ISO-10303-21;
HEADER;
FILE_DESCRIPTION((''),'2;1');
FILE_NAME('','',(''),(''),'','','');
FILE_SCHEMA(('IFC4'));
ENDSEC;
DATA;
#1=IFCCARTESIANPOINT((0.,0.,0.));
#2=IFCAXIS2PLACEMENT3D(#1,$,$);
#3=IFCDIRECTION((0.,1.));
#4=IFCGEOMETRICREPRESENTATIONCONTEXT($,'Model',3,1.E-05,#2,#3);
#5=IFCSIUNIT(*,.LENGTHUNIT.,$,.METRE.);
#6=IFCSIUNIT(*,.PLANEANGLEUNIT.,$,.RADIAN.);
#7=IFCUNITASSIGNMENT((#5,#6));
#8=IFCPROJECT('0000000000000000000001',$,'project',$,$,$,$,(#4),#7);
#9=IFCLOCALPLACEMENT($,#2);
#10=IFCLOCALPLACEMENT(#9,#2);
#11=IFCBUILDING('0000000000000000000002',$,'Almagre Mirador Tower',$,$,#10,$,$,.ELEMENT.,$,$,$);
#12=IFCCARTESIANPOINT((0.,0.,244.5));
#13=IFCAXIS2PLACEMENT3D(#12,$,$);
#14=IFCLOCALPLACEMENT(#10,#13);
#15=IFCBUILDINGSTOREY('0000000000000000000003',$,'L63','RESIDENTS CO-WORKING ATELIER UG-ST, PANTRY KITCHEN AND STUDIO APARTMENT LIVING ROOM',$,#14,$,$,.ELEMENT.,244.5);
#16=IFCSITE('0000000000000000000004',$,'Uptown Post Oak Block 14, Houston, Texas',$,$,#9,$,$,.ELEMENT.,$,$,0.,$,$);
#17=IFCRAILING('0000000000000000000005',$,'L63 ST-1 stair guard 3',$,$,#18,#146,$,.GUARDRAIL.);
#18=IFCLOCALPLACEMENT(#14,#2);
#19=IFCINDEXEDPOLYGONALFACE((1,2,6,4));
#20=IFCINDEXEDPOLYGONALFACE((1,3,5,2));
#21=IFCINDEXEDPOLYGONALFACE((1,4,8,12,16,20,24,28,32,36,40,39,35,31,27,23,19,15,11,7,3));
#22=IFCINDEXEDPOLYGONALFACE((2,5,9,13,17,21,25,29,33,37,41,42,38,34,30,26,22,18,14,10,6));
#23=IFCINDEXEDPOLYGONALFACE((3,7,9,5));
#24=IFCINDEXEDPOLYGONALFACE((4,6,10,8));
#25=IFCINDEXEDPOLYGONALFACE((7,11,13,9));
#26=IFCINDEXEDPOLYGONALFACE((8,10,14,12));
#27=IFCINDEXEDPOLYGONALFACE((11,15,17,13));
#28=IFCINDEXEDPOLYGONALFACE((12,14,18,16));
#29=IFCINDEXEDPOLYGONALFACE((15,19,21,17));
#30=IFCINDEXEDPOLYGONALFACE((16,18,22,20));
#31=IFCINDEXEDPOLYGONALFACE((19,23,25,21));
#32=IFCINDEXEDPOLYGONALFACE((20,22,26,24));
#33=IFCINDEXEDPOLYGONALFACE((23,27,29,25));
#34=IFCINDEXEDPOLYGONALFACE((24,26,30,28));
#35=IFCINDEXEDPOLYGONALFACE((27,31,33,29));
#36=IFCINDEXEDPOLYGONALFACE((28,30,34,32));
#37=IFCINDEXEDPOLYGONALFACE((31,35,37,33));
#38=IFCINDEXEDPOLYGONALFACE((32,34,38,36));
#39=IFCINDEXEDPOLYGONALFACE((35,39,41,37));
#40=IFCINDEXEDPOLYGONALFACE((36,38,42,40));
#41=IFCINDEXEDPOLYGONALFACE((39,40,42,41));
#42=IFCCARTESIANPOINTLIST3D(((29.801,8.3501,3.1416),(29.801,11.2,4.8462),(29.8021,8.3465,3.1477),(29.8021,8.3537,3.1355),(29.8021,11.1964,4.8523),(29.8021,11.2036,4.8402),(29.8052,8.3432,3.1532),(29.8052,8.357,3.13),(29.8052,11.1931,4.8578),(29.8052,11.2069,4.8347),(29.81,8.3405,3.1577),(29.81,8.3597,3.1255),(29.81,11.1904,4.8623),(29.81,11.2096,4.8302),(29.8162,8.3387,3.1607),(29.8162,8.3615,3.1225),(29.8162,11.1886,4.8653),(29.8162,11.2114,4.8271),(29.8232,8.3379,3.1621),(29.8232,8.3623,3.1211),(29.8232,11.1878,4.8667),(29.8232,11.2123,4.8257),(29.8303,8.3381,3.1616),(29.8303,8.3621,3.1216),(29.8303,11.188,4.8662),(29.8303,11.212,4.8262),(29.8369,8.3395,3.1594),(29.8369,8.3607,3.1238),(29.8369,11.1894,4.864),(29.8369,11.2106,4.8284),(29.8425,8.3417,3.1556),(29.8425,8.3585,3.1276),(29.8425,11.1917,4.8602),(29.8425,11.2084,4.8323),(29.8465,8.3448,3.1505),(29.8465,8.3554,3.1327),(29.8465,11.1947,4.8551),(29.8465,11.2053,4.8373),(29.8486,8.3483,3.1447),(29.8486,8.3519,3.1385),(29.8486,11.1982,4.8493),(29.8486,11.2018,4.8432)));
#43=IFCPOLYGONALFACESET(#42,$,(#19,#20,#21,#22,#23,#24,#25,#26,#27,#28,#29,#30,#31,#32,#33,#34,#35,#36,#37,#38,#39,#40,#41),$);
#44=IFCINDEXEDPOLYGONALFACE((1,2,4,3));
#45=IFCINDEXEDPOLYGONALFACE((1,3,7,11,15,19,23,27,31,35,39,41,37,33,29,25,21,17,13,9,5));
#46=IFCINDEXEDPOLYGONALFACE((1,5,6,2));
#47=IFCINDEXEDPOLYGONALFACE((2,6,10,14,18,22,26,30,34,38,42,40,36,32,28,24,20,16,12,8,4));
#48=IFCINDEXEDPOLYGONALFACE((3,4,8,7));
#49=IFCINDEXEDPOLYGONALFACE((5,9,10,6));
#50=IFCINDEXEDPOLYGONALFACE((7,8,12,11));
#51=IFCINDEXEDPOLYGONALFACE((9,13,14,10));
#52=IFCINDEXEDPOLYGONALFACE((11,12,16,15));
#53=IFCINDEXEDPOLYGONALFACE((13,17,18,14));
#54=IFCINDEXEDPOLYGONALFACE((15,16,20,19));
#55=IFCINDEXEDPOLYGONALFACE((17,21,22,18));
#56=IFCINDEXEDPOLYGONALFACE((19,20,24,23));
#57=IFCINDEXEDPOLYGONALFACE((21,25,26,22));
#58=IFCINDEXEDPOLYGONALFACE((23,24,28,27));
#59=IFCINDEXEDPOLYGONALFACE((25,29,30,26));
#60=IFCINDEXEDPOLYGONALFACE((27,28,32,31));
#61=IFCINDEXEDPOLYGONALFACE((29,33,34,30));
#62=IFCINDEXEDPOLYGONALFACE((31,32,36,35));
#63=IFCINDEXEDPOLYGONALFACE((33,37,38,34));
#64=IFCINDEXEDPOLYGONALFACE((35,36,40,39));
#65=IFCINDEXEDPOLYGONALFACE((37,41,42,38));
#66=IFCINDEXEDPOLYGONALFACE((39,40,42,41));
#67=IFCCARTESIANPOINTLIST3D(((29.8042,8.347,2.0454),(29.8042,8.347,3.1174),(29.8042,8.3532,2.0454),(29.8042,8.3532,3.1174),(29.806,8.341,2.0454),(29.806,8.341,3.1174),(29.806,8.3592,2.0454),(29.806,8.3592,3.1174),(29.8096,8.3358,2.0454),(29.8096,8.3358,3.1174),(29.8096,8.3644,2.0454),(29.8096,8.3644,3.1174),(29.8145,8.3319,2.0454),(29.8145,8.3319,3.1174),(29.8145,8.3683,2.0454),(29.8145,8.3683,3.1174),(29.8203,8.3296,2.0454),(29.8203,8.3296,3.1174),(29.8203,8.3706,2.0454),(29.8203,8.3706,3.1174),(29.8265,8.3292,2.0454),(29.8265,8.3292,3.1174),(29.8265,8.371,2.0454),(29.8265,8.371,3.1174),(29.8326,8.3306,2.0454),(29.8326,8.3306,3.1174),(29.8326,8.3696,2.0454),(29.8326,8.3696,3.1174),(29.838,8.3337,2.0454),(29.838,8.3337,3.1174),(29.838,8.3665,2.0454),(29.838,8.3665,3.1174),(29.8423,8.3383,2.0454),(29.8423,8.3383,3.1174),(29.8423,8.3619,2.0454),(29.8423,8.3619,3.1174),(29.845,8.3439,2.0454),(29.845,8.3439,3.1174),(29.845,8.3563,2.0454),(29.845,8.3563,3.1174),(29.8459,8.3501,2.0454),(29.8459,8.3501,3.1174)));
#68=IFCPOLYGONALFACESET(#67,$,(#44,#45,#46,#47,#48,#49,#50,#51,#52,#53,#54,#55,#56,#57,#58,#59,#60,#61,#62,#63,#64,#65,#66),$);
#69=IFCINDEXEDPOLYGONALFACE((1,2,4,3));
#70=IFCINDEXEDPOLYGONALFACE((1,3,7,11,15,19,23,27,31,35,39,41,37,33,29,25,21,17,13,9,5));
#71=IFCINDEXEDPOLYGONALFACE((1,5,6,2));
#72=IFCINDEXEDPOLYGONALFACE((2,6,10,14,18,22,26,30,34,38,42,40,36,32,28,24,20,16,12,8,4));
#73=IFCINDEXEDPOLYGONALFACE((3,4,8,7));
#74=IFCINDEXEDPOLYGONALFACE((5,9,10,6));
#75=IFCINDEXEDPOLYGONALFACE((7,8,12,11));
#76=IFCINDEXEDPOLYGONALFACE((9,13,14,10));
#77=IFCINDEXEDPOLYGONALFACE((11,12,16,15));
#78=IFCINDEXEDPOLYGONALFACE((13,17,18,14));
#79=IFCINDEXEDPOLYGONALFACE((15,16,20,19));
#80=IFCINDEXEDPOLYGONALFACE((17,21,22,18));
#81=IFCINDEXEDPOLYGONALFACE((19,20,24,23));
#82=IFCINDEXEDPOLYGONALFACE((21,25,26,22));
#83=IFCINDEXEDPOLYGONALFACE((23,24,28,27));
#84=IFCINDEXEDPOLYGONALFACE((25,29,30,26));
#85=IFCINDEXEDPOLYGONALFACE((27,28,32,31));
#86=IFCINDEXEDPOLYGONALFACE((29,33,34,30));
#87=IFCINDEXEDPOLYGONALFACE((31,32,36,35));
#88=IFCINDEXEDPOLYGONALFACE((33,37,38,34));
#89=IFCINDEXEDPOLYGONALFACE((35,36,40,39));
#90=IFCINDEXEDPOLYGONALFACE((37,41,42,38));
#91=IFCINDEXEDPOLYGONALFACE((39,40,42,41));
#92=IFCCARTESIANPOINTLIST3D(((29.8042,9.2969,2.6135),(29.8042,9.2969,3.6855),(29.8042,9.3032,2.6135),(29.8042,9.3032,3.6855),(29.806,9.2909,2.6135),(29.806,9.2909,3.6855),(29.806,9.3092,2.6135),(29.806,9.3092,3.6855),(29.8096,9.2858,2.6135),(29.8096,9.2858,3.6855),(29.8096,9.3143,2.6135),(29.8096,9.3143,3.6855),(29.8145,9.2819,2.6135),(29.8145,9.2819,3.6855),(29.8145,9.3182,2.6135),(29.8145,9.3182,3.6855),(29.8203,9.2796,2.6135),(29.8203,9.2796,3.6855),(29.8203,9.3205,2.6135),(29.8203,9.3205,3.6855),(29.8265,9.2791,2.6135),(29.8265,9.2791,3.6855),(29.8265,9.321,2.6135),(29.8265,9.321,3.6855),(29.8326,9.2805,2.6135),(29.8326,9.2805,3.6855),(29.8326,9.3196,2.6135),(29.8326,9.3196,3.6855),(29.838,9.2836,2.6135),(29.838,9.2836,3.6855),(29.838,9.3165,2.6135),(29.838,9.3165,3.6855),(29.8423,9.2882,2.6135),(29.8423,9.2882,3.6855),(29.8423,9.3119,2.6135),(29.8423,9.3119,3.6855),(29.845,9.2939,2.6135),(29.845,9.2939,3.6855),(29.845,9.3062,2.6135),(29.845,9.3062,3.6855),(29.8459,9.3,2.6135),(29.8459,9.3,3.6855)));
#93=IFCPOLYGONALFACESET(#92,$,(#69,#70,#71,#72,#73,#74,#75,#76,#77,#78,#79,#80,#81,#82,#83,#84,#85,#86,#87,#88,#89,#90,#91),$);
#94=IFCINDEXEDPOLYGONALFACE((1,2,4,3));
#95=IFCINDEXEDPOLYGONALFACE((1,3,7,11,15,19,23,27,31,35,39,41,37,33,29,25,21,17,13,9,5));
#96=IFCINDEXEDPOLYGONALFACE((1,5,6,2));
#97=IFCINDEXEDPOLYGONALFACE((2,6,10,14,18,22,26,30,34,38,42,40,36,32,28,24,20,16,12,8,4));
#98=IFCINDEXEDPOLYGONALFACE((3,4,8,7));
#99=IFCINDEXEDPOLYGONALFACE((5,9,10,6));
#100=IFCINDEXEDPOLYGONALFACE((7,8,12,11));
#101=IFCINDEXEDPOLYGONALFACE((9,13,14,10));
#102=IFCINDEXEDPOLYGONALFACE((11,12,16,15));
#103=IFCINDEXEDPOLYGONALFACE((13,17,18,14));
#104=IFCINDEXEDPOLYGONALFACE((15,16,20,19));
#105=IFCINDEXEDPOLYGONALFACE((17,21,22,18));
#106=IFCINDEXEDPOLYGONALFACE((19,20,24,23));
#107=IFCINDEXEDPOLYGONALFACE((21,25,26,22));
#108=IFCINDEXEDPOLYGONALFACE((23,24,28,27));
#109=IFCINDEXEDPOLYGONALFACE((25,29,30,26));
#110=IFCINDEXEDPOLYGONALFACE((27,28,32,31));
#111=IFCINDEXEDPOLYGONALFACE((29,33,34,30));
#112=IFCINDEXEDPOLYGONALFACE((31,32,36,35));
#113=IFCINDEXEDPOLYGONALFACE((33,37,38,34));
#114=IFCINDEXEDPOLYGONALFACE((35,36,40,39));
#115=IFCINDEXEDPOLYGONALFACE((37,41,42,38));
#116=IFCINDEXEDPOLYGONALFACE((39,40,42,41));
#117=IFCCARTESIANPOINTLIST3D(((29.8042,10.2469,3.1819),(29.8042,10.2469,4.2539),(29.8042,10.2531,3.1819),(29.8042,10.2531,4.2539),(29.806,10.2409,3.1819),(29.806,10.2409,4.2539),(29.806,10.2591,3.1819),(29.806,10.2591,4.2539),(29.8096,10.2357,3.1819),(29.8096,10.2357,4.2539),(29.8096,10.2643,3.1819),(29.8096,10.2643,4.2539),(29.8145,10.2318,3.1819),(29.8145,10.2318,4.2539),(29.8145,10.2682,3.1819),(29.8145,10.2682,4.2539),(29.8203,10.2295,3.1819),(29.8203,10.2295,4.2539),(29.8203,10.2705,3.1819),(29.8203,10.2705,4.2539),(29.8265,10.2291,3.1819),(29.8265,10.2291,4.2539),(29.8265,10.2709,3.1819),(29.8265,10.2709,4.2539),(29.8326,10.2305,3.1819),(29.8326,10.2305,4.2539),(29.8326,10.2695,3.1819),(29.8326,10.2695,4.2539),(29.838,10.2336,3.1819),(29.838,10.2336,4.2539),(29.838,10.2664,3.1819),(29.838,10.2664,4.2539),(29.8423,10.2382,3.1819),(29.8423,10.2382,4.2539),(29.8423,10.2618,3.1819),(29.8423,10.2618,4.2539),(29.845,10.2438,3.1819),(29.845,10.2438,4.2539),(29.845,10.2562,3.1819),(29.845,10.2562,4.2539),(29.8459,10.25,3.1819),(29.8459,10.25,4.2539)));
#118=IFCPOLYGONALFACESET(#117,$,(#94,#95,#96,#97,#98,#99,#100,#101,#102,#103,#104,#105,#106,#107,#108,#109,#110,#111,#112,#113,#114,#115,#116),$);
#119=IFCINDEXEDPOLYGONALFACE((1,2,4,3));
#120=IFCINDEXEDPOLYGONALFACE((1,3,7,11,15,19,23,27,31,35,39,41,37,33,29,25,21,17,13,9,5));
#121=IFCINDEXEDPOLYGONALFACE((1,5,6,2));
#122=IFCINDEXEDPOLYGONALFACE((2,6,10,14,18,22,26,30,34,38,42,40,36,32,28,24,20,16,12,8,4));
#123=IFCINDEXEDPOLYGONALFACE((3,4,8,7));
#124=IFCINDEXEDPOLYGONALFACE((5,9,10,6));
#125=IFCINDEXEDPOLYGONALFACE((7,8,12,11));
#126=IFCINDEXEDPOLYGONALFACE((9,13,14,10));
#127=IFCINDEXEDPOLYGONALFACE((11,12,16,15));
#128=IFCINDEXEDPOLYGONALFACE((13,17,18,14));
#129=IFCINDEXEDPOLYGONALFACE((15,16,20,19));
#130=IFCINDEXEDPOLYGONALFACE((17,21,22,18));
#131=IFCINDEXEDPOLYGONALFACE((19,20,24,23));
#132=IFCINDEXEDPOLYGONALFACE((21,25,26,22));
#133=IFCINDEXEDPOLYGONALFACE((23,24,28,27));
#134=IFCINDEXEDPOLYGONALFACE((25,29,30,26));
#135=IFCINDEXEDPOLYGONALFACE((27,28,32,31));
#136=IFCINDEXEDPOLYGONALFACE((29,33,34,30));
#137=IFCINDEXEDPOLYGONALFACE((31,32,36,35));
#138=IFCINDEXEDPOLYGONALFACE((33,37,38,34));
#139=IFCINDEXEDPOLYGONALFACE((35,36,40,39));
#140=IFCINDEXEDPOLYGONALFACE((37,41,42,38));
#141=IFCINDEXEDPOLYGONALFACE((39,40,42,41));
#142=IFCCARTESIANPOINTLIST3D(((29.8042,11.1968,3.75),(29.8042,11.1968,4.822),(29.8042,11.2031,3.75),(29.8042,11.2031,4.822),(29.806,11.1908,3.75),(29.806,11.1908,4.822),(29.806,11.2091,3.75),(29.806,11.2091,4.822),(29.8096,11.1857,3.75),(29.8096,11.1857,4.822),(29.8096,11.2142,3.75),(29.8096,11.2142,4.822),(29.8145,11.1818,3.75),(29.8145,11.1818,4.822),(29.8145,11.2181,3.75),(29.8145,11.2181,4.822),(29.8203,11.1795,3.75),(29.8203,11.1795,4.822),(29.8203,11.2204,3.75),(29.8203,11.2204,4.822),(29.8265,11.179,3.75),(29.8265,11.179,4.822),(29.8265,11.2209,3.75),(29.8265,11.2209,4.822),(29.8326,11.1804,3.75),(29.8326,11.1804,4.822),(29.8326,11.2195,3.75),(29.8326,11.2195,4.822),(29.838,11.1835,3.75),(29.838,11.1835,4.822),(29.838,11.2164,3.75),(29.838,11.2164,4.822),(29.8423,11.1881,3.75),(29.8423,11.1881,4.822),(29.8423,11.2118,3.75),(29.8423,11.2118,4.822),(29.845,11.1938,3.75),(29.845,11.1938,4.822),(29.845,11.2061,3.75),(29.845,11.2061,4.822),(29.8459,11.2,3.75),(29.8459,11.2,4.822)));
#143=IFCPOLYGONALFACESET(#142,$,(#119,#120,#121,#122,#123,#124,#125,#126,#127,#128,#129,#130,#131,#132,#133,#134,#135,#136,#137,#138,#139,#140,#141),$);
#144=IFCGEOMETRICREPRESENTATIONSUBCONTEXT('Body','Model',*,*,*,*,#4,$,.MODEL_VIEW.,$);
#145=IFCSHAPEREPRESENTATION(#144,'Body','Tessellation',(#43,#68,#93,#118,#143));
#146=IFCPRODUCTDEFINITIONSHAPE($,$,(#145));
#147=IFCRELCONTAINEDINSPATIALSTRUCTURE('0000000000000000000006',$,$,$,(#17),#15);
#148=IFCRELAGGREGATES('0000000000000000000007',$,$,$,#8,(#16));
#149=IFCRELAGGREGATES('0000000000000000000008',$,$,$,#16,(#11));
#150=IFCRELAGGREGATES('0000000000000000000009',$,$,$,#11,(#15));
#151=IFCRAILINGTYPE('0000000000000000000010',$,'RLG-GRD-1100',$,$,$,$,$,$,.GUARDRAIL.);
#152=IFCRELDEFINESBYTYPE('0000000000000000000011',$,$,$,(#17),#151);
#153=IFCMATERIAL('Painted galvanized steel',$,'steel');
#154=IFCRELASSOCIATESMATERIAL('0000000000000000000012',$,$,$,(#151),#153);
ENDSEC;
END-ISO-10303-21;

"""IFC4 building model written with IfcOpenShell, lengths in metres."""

from ifc_helpers import new_model, si_unit, direction, frame, origin, origin_2d, place, context, subcontext, project, spatial, circle, extrude, material, type_object, element, save


model = new_model("IFC4")

# Units and contexts
model_context = context("Model", 3, precision=1e-05, world=origin(), true_north=direction((0.0, 1.0)))
body_context = subcontext(model_context, "Body", "Model", "MODEL_VIEW")
ifc_project = project(units=[si_unit("LENGTHUNIT", "METRE"), si_unit("PLANEANGLEUNIT", "RADIAN")], contexts=[model_context])

# Site, building, storey
site_placement = place(None, origin())
site = spatial("IfcSite", under=ifc_project, at=site_placement, Name="Uptown Post Oak Block 14, Houston, Texas", CompositionType="ELEMENT", RefElevation=0.0)
building_placement = place(site_placement, origin())
building = spatial("IfcBuilding", under=site, at=building_placement, Name="Almagre Mirador Tower", CompositionType="ELEMENT")
storey_placement = place(building_placement, frame((0.0, 0.0, 244.5)))
storey = spatial("IfcBuildingStorey", under=building, at=storey_placement, Name="L63", Description="RESIDENTS CO-WORKING ATELIER UG-ST, PANTRY KITCHEN AND STUDIO APARTMENT LIVING ROOM", CompositionType="ELEMENT", Elevation=244.5)

# Railing
ifc_material_1 = material(Name="Painted galvanized steel", Category="steel")
railing_type = type_object("IfcRailingType", Name="RLG-GRD-1100", PredefinedType="GUARDRAIL", material=ifc_material_1)
railing_1_placement = place(storey_placement, frame((29.825, 8.3501, 2.0454)))
element("IfcRailing", 1, at=railing_1_placement, inside=storey, type_object=railing_type, Name="L63 ST-1 stair guard 3", PredefinedType="GUARDRAIL", context=body_context, shape_type="SweptSolid", body=[
    extrude(circle(Radius=0.0239, at=origin_2d()), frame((0.0, 0.0, 1.0962), z_axis=(0.0, 0.858199, 0.513317), x_axis=(-1.0, 0.0, 0.0)), (0.0, 0.0, 1.0), 3.3208),
    extrude(circle(Radius=0.021, at=origin_2d()), origin(), (0.0, 0.0, 1.0), 1.072),
    extrude(circle(Radius=0.021, at=origin_2d()), frame((0.0, 0.95, 0.5681)), (0.0, 0.0, 1.0), 1.072),
    extrude(circle(Radius=0.021, at=origin_2d()), frame((0.0, 1.8999, 1.1365)), (0.0, 0.0, 1.0), 1.072),
    extrude(circle(Radius=0.021, at=origin_2d()), frame((0.0, 2.8499, 1.7046)), (0.0, 0.0, 1.0), 1.072),
])

save(model, "model.ifc")
